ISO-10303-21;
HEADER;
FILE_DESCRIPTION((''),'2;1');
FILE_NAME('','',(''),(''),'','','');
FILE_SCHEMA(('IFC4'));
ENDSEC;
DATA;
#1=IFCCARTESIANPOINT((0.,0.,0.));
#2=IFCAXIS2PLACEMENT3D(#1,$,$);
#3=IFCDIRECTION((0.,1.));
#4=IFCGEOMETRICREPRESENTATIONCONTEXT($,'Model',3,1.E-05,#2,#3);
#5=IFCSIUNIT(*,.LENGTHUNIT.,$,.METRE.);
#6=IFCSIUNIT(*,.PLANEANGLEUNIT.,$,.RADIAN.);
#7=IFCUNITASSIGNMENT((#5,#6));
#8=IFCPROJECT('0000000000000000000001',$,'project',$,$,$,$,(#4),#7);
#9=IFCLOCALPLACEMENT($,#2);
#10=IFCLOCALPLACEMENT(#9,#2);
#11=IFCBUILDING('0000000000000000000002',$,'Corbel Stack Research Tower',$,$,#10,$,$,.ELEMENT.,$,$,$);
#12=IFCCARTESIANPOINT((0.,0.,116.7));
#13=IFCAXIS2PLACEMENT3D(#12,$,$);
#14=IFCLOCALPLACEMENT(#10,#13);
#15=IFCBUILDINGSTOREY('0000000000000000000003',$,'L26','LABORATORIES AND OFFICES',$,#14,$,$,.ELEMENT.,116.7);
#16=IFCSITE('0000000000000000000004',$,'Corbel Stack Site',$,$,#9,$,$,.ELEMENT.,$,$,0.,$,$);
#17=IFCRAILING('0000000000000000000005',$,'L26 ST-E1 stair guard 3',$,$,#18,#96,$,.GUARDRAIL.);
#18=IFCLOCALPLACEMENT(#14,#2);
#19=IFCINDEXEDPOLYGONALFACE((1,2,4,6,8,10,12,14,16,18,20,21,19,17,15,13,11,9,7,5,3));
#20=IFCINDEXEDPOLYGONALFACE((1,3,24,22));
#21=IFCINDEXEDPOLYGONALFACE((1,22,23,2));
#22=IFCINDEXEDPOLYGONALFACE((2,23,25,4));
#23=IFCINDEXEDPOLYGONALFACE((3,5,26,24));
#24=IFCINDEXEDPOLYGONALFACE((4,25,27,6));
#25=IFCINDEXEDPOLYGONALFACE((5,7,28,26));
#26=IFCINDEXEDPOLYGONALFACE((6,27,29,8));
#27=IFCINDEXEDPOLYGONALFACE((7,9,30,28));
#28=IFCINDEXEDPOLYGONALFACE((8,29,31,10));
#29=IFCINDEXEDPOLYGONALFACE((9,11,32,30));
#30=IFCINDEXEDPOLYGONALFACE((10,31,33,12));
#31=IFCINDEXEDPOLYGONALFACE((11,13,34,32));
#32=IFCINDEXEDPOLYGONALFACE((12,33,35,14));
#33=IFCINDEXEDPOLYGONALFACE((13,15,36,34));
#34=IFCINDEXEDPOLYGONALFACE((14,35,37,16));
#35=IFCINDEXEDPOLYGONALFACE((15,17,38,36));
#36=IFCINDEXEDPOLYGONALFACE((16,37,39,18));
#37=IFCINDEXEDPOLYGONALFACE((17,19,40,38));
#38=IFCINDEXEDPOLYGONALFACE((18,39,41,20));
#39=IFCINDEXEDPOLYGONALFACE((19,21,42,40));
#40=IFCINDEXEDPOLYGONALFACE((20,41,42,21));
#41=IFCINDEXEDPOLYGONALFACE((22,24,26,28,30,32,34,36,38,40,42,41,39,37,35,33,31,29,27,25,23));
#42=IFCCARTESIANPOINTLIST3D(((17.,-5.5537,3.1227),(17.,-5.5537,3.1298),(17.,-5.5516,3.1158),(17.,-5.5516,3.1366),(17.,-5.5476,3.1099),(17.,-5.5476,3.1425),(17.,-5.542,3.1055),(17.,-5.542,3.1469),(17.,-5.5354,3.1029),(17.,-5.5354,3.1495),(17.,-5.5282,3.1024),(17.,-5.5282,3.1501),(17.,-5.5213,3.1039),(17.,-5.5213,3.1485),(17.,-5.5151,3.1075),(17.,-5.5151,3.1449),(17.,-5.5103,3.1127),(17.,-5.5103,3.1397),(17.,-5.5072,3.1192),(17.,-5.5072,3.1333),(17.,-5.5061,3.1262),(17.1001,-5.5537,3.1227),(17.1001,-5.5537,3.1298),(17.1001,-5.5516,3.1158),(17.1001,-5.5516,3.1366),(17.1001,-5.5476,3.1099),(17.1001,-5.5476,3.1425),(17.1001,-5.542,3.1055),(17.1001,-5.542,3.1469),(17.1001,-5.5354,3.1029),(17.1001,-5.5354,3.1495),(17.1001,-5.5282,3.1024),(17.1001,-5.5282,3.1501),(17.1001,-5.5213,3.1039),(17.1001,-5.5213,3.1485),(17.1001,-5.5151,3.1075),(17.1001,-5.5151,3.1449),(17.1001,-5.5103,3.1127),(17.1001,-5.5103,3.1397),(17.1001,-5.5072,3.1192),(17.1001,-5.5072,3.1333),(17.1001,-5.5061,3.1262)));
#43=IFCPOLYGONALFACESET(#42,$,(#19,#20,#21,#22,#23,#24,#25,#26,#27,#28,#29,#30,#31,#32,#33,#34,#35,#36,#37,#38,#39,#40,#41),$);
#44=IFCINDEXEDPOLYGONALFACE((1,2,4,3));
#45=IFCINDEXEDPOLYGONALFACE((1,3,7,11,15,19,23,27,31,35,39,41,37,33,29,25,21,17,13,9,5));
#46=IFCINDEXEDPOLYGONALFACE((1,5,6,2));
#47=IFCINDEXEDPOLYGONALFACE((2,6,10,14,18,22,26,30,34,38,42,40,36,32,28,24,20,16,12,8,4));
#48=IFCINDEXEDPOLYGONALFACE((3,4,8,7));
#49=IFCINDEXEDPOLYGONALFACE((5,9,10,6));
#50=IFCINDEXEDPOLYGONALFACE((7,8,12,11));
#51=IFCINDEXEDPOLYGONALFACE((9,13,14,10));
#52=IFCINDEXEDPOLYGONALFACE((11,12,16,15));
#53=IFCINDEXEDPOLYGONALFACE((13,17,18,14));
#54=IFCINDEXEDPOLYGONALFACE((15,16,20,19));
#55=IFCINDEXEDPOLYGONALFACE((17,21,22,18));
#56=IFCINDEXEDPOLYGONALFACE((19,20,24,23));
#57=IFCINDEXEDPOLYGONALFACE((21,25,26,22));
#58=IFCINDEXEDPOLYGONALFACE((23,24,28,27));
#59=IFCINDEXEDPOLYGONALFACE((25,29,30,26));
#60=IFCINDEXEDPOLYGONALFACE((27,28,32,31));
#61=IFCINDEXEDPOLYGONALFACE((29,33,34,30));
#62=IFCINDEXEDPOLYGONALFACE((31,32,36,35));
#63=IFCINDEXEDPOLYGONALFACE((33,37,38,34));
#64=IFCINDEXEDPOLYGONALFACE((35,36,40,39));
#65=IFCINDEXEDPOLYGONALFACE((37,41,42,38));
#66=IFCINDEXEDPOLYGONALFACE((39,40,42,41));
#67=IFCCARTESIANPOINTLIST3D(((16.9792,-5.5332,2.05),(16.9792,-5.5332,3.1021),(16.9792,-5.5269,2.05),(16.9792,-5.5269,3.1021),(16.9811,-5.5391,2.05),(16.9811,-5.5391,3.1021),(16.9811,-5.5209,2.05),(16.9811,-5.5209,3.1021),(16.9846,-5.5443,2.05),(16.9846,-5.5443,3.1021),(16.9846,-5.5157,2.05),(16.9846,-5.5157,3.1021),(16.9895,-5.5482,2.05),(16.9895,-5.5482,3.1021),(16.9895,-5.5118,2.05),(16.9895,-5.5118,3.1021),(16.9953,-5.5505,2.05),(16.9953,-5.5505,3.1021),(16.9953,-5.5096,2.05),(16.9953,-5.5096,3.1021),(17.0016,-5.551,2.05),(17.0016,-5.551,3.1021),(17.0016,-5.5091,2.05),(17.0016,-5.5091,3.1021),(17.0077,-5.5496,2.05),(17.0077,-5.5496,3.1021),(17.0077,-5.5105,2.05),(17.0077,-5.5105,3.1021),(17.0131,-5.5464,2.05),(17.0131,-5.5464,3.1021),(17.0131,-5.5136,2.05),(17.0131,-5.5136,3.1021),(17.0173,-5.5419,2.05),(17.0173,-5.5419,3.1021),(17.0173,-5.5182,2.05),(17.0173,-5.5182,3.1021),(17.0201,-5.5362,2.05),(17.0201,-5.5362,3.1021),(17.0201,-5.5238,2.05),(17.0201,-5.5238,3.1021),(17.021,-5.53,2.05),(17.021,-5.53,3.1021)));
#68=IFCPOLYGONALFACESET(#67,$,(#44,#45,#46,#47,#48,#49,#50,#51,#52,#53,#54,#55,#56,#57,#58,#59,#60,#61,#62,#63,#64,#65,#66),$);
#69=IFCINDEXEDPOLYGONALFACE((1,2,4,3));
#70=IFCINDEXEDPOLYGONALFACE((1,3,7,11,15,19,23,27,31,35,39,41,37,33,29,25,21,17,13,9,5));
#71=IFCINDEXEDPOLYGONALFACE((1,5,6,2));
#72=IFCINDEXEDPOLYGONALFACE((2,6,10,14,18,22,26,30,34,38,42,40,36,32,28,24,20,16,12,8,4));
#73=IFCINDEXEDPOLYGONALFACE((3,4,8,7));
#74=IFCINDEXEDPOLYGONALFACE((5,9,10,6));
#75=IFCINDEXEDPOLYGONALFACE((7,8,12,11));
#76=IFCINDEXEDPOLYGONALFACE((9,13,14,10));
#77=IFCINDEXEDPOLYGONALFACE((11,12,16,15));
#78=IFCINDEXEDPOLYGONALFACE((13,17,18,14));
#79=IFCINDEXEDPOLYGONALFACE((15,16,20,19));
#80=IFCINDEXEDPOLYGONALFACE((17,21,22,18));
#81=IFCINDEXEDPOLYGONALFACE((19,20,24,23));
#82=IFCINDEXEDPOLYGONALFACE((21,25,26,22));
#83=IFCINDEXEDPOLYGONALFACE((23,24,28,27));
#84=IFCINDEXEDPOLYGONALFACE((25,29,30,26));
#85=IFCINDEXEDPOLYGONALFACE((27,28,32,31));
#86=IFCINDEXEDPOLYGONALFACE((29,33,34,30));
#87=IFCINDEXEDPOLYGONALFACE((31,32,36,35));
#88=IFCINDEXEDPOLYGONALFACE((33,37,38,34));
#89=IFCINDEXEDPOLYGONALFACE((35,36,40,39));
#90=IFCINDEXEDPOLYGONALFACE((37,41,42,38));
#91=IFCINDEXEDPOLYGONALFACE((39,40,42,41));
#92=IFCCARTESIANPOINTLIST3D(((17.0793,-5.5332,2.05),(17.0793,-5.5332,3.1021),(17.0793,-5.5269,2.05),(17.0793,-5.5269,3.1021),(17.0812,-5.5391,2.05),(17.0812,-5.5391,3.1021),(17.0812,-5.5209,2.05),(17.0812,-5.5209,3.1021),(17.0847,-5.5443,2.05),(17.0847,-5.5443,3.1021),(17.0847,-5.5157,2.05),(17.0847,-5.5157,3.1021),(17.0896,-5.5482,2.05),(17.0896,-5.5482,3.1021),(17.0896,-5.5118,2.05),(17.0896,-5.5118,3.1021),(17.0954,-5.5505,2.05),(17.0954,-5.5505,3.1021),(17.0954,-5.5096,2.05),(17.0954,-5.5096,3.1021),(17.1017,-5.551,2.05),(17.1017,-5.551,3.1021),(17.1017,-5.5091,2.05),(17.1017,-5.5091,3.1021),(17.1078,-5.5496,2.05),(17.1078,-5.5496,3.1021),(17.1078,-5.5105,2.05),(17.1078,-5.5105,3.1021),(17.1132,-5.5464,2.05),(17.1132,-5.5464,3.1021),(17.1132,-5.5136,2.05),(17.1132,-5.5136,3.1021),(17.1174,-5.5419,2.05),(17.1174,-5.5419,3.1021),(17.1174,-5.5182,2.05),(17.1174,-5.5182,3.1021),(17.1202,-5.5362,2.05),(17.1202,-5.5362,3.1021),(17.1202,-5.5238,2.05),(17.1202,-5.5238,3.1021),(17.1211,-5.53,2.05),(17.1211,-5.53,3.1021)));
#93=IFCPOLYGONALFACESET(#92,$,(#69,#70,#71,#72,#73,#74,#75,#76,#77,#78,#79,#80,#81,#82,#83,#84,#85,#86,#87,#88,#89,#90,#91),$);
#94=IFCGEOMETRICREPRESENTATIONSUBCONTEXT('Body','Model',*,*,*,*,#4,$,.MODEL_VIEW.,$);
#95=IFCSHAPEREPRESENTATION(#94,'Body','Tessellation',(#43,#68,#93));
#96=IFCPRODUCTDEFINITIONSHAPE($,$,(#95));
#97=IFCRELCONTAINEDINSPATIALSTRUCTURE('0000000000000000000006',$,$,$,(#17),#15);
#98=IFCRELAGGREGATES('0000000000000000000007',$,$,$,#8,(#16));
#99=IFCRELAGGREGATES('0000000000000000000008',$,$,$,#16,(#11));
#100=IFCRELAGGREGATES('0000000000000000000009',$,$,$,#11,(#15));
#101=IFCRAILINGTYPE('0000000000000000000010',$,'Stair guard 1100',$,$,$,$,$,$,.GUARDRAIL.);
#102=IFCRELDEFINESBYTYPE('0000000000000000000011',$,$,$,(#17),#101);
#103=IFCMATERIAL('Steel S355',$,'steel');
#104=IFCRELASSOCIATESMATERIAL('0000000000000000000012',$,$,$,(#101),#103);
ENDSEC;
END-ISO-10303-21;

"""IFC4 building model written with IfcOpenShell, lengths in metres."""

from ifc_helpers import new_model, si_unit, direction, frame, origin, origin_2d, place, context, subcontext, project, spatial, circle, extrude, material, type_object, element, save


model = new_model("IFC4")

# Units and contexts
model_context = context("Model", 3, precision=1e-05, world=origin(), true_north=direction((0.0, 1.0)))
body_context = subcontext(model_context, "Body", "Model", "MODEL_VIEW")
ifc_project = project(units=[si_unit("LENGTHUNIT", "METRE"), si_unit("PLANEANGLEUNIT", "RADIAN")], contexts=[model_context])

# Site, building, storey
site_placement = place(None, origin())
site = spatial("IfcSite", under=ifc_project, at=site_placement, Name="Corbel Stack Site", CompositionType="ELEMENT", RefElevation=0.0)
building_placement = place(site_placement, origin())
building = spatial("IfcBuilding", under=site, at=building_placement, Name="Corbel Stack Research Tower", CompositionType="ELEMENT")
storey_placement = place(building_placement, frame((0.0, 0.0, 116.7)))
storey = spatial("IfcBuildingStorey", under=building, at=storey_placement, Name="L26", Description="LABORATORIES AND OFFICES", CompositionType="ELEMENT", Elevation=116.7)

# Railing
ifc_material_1 = material(Name="Steel S355", Category="steel")
railing_type_1 = type_object("IfcRailingType", Name="Stair guard 1100", PredefinedType="GUARDRAIL", material=ifc_material_1)
railing_1_placement = place(storey_placement, frame((17.0, -5.53, 2.05)))
element("IfcRailing", 1, at=railing_1_placement, inside=storey, type_object=railing_type_1, Name="L26 ST-E1 stair guard 3", PredefinedType="GUARDRAIL", context=body_context, shape_type="SweptSolid", body=[
    extrude(circle(Radius=0.0239, at=origin_2d()), frame((0.0, 0.0, 1.0762), z_axis=(1.0, 0.0, 0.0), x_axis=(0.0, 1.0, 0.0)), (0.0, 0.0, 1.0), 0.1001),
    extrude(circle(Radius=0.021, at=origin_2d()), origin(), (0.0, 0.0, 1.0), 1.052),
    extrude(circle(Radius=0.021, at=origin_2d()), frame((0.1001, 0.0, 0.0)), (0.0, 0.0, 1.0), 1.052),
])

save(model, "model.ifc")
